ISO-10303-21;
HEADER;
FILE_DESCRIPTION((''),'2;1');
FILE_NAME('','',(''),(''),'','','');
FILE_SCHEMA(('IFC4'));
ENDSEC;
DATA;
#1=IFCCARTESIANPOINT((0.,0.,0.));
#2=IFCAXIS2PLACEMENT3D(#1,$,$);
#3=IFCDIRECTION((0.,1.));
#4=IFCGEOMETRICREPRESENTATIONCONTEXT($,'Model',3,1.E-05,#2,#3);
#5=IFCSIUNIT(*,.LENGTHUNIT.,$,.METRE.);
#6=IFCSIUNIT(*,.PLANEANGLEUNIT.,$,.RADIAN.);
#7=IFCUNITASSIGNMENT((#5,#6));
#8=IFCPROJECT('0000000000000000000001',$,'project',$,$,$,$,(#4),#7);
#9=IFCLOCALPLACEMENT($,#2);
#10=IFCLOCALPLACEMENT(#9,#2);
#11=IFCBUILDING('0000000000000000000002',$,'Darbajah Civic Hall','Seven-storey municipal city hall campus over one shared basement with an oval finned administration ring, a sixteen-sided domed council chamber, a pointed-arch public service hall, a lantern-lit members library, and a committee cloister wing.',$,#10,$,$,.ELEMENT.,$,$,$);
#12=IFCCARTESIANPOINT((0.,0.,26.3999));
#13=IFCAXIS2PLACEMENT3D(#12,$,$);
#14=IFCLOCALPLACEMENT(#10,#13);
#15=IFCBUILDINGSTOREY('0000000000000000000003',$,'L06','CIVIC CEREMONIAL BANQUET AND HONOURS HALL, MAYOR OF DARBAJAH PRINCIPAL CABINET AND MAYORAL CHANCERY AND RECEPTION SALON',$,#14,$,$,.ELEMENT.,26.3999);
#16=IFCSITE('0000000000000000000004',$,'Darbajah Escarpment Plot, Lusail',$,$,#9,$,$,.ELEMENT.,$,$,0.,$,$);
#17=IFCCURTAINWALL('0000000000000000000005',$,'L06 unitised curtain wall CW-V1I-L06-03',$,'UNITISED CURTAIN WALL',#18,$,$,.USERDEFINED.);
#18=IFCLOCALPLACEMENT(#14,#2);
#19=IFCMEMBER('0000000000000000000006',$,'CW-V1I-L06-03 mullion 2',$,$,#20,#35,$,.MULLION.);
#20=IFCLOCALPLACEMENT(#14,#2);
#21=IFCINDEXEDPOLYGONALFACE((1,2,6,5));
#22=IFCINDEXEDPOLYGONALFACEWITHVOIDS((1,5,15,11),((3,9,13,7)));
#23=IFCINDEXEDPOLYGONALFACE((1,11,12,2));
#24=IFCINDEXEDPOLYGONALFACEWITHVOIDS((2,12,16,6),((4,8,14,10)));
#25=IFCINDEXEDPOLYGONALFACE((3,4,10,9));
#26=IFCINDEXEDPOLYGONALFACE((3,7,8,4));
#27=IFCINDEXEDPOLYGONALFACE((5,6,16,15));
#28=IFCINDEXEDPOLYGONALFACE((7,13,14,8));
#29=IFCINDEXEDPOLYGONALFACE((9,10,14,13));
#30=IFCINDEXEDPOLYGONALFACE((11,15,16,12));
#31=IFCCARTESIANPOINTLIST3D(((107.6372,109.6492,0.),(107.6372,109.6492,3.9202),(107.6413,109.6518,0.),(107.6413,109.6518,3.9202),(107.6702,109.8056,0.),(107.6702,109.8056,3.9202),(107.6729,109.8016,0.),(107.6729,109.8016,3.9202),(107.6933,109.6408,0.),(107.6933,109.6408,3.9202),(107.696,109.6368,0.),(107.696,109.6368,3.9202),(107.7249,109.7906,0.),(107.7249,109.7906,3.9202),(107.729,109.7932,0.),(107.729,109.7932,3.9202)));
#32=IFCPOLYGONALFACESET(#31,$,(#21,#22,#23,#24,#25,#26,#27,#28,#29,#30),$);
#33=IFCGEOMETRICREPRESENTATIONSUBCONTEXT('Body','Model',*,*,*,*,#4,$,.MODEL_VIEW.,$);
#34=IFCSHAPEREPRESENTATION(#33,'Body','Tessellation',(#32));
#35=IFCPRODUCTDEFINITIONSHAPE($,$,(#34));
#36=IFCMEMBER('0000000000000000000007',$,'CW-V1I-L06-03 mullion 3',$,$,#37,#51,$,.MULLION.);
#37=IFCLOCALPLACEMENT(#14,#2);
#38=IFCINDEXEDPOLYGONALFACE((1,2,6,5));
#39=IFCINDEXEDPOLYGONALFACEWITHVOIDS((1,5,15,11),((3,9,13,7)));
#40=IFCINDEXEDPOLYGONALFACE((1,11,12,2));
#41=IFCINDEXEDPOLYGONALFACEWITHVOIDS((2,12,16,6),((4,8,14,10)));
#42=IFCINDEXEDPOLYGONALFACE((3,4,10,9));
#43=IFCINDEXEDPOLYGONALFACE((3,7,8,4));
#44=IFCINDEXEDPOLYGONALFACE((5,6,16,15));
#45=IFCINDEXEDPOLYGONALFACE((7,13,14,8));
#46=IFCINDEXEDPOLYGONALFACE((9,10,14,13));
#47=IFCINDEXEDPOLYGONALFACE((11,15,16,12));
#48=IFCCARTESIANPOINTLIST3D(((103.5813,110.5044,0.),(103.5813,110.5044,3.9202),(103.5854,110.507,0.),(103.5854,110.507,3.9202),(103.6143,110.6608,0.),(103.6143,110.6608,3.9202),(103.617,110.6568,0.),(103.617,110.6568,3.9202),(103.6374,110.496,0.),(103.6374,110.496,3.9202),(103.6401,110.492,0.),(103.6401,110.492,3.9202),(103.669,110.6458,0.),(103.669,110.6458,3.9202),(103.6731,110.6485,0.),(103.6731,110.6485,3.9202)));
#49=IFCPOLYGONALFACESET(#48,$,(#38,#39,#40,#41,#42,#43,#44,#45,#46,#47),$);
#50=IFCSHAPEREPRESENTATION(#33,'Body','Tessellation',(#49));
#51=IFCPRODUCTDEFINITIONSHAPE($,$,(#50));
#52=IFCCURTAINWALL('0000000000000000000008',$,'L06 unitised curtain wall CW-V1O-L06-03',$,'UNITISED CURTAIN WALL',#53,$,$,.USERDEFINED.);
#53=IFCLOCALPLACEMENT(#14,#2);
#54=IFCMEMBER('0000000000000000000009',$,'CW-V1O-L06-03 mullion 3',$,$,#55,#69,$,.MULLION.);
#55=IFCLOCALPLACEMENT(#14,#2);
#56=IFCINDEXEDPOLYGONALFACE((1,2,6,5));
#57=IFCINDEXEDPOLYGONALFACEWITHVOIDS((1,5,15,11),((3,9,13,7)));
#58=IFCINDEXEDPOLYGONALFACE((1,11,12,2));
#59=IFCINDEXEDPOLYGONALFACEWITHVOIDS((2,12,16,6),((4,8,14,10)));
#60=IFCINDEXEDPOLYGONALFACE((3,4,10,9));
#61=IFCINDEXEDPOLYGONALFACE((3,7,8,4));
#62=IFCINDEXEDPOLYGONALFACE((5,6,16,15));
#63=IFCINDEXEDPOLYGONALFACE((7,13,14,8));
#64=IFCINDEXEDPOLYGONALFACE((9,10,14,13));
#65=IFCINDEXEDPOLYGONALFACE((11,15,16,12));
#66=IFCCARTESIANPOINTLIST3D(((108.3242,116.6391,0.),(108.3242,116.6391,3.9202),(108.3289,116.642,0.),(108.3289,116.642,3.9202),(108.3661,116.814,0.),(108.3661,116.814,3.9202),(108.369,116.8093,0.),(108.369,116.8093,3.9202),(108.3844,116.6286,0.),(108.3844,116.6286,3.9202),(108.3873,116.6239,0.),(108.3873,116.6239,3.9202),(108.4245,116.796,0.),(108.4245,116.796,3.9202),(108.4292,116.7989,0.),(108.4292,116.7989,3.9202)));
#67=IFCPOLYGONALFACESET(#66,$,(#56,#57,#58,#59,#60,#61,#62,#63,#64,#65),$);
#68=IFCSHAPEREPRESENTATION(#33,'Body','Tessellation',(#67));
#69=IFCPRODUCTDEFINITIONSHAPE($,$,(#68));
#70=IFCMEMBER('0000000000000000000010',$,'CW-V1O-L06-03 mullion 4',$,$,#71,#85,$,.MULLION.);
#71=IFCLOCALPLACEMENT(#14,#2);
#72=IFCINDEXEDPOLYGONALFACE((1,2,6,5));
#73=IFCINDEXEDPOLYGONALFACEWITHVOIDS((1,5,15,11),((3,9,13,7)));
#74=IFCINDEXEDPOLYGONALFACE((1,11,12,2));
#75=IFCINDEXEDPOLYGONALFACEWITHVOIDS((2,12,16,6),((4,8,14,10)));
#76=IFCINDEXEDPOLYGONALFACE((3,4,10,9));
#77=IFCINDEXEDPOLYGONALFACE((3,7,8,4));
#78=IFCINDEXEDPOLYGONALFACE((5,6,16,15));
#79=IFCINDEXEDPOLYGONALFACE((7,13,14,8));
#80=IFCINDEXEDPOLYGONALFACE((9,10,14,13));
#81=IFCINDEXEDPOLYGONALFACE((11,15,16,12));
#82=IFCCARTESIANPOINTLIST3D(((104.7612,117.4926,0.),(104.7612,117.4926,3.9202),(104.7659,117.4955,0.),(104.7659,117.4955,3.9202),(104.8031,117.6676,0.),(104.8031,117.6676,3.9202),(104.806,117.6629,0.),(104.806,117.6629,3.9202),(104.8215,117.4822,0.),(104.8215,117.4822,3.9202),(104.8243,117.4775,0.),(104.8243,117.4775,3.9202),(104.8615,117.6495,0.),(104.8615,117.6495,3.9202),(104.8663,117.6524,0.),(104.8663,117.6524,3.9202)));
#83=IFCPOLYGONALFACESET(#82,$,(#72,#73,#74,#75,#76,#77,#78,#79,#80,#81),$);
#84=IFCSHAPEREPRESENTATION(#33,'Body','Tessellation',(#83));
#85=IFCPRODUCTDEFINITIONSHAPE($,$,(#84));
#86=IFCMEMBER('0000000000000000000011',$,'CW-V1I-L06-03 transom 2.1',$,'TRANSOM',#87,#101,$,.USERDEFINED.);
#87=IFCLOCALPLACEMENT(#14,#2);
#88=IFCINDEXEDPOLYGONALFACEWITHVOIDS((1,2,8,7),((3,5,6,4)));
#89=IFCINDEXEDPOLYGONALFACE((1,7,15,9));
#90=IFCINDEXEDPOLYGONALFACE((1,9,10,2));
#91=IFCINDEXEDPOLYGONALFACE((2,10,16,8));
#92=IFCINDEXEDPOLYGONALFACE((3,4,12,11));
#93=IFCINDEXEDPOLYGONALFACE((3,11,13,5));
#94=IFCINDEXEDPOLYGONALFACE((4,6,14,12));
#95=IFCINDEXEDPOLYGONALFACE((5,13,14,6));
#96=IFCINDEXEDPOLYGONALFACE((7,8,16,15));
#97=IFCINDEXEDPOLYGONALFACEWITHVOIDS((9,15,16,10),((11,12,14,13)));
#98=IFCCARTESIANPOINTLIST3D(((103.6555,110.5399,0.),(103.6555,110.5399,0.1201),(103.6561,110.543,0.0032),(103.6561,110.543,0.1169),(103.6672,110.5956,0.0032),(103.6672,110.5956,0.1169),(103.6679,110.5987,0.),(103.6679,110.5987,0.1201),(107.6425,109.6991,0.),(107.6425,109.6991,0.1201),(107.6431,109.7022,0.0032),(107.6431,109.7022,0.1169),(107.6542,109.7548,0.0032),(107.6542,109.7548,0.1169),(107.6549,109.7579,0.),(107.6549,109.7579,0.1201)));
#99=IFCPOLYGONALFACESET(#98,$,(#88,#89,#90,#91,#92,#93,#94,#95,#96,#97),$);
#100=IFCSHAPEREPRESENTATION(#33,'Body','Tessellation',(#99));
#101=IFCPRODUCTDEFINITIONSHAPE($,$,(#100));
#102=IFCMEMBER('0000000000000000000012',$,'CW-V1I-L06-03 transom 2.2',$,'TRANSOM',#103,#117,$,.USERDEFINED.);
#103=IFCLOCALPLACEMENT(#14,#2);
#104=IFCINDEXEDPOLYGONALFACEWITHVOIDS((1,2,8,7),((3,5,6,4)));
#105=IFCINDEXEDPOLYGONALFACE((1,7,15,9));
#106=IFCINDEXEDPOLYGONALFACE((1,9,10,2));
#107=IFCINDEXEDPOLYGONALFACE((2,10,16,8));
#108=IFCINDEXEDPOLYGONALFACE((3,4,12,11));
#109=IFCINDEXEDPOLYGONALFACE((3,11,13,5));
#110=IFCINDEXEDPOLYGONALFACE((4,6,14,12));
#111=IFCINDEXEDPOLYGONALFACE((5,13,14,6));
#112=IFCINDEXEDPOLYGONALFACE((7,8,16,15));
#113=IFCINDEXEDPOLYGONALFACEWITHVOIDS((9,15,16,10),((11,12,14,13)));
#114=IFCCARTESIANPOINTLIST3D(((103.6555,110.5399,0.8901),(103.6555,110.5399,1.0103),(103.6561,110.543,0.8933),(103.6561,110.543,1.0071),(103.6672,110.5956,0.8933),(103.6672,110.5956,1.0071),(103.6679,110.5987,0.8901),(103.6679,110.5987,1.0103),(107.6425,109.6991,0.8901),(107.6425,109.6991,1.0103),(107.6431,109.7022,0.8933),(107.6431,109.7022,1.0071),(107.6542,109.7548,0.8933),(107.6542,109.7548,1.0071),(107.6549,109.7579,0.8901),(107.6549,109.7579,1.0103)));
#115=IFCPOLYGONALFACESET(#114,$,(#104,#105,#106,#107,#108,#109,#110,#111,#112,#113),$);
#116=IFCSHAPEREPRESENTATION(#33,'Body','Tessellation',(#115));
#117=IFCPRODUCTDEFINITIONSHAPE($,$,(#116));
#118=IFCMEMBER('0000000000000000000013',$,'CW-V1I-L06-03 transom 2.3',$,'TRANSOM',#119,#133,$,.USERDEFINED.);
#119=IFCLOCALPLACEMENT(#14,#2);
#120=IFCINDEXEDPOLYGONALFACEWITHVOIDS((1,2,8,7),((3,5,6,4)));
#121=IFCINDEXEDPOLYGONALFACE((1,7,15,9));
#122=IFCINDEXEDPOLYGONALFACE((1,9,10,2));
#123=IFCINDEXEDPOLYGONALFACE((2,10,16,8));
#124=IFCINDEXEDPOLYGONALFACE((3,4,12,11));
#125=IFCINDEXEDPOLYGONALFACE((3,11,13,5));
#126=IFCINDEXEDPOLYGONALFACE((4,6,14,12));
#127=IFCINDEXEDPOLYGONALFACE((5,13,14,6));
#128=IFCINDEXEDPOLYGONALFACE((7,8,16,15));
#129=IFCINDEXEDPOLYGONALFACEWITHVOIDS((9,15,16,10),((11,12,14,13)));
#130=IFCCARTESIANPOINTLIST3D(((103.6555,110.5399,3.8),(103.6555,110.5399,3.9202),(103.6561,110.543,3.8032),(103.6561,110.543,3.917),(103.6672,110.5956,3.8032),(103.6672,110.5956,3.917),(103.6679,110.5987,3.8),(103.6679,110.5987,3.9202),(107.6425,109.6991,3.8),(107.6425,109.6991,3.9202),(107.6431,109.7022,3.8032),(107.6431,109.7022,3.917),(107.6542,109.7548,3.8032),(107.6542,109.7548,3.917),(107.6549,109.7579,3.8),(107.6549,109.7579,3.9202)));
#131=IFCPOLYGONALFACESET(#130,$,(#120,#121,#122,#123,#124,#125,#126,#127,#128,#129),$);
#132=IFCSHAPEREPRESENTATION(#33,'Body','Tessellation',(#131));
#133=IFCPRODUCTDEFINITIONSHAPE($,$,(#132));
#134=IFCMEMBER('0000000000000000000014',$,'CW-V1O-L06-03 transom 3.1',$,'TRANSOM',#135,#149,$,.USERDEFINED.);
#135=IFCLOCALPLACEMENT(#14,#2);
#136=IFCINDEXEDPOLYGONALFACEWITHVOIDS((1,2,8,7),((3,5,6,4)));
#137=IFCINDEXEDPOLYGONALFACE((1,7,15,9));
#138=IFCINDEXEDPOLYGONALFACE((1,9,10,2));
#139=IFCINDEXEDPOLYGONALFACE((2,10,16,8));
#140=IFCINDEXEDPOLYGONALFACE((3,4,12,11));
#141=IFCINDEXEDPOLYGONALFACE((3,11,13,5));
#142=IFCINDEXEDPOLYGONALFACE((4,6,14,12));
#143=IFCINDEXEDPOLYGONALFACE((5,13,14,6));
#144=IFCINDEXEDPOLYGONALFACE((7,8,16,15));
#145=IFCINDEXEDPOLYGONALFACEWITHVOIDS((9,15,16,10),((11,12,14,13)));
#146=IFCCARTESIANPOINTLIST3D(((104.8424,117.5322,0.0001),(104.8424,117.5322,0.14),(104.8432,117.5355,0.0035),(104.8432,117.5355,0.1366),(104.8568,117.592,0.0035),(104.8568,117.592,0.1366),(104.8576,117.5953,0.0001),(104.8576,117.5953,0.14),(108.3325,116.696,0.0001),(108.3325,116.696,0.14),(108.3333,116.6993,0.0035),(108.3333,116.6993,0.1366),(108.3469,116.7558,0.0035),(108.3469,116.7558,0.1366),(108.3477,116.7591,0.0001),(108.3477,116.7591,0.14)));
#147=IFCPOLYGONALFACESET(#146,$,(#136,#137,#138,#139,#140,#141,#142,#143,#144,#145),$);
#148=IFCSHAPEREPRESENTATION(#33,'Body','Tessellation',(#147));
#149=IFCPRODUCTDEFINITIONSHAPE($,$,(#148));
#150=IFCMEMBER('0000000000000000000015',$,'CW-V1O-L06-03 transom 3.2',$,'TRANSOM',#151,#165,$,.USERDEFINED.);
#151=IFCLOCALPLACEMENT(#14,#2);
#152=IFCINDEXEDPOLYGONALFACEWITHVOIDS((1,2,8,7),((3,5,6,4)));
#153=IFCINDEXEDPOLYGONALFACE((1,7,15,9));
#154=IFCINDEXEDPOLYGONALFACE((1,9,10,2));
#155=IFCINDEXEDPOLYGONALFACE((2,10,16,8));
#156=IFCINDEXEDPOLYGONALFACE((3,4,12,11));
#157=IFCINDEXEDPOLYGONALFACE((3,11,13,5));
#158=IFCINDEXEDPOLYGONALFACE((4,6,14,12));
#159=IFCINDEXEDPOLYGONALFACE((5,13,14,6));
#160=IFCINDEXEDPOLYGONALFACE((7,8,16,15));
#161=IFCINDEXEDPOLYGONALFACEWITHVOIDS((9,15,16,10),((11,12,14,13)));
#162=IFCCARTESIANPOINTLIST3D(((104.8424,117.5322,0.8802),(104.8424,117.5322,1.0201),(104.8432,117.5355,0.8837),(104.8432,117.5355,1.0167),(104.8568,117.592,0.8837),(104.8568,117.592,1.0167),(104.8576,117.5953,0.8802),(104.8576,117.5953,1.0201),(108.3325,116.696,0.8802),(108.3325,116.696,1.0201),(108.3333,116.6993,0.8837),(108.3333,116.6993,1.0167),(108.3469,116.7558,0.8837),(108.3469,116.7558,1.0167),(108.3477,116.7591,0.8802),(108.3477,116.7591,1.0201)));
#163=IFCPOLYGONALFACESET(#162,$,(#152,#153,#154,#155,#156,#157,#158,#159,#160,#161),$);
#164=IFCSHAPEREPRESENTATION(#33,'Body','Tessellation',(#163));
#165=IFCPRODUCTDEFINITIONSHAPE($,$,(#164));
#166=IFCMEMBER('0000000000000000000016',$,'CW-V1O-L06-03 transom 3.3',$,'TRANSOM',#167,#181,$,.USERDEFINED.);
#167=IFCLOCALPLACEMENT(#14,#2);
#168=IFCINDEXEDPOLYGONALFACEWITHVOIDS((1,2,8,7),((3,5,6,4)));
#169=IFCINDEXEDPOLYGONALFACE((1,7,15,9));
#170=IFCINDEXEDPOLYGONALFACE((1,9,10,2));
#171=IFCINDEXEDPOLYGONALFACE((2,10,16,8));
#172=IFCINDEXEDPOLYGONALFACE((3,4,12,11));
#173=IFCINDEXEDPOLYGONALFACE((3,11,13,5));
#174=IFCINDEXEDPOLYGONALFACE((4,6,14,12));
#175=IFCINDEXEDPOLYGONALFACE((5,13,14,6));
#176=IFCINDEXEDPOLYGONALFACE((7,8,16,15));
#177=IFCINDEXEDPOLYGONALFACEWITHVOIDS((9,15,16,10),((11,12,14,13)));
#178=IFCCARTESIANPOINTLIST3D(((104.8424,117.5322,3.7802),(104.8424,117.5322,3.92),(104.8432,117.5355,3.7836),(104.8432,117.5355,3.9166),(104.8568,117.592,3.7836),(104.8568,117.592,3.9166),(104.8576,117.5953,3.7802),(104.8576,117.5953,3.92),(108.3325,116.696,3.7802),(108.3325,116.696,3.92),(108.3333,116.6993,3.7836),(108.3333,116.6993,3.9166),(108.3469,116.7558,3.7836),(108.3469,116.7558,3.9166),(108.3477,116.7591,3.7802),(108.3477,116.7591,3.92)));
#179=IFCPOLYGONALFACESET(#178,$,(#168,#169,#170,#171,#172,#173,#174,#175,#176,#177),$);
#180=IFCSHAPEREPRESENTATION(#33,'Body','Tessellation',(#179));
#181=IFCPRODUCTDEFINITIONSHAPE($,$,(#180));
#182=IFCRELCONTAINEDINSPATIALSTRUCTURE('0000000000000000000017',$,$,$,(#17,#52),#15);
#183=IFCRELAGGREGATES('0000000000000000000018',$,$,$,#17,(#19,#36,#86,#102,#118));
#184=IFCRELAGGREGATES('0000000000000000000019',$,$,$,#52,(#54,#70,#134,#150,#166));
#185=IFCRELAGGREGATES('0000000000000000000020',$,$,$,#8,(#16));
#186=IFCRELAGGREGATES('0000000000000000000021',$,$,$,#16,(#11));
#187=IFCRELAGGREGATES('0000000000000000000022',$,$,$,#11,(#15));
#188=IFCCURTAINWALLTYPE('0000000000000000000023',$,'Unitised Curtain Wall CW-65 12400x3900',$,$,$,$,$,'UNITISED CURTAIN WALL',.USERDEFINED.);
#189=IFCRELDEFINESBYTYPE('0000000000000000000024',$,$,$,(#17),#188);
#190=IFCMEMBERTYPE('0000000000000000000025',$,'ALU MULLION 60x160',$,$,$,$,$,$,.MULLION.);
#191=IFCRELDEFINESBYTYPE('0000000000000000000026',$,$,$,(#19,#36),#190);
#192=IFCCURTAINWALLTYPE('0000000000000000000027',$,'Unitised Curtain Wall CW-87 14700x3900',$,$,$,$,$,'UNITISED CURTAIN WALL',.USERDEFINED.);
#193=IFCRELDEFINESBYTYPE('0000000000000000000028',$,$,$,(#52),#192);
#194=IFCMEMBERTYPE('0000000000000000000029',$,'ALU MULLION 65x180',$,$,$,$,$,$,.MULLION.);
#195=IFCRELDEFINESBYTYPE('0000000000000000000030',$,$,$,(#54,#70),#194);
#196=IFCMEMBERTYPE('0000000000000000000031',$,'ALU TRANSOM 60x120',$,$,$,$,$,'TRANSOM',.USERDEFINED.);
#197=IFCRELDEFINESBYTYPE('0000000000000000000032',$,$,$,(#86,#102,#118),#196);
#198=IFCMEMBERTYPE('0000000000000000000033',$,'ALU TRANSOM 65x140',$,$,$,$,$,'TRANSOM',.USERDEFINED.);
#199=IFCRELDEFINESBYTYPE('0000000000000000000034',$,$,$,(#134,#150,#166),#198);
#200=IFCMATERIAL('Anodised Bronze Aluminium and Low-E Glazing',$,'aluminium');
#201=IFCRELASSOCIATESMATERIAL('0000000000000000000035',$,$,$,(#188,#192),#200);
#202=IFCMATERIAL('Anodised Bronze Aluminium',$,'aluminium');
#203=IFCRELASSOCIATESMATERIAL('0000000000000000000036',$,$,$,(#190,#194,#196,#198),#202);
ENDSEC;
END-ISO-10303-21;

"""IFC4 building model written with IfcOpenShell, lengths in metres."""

from ifc_helpers import new_model, si_unit, direction, frame, origin, origin_2d, place, context, subcontext, project, spatial, hollow_rectangle, extrude, material, material_profile, profile_set, type_object, element, aggregate, save


model = new_model("IFC4")

# Units and contexts
model_context = context("Model", 3, precision=1e-05, world=origin(), true_north=direction((0.0, 1.0)))
body_context = subcontext(model_context, "Body", "Model", "MODEL_VIEW")
ifc_project = project(units=[si_unit("LENGTHUNIT", "METRE"), si_unit("PLANEANGLEUNIT", "RADIAN")], contexts=[model_context])

# Site, building, storey
site_placement = place(None, origin())
site = spatial("IfcSite", under=ifc_project, at=site_placement, Name="Darbajah Escarpment Plot, Lusail", CompositionType="ELEMENT", RefElevation=0.0)
building_placement = place(site_placement, origin())
building = spatial("IfcBuilding", under=site, at=building_placement, Name="Darbajah Civic Hall", Description="Seven-storey municipal city hall campus over one shared basement with an oval finned administration ring, a sixteen-sided domed council chamber, a pointed-arch public service hall, a lantern-lit members library, and a committee cloister wing.", CompositionType="ELEMENT")
storey_placement = place(building_placement, frame((0.0, 0.0, 26.3999)))
storey = spatial("IfcBuildingStorey", under=building, at=storey_placement, Name="L06", Description="CIVIC CEREMONIAL BANQUET AND HONOURS HALL, MAYOR OF DARBAJAH PRINCIPAL CABINET AND MAYORAL CHANCERY AND RECEPTION SALON", CompositionType="ELEMENT", Elevation=26.3999)

# Curtain walls, members
ifc_material_1 = material(Name="Anodised Bronze Aluminium and Low-E Glazing", Category="aluminium")
curtain_wall_type_1 = type_object("IfcCurtainWallType", Name="Unitised Curtain Wall CW-65 12400x3900", ElementType="UNITISED CURTAIN WALL", PredefinedType="USERDEFINED", material=ifc_material_1)
curtain_wall_1_placement = place(storey_placement, origin())
curtain_wall_1 = element("IfcCurtainWall", 1, at=curtain_wall_1_placement, inside=storey, type_object=curtain_wall_type_1, Name="L06 unitised curtain wall CW-V1I-L06-03", ObjectType="UNITISED CURTAIN WALL", PredefinedType="USERDEFINED")
ifc_material_2 = material(Name="Anodised Bronze Aluminium", Category="aluminium")
ifc_material_profile_1 = material_profile(ifc_material_2, hollow_rectangle(XDim=0.0601, YDim=0.1599, WallThickness=0.0034, at=origin_2d()), Name="ALU MULLION 60x160")
ifc_profile_set_1 = profile_set([ifc_material_profile_1], Name="Anodised Bronze Aluminium")
member_type_1 = type_object("IfcMemberType", Name="ALU MULLION 60x160", PredefinedType="MULLION", material=ifc_profile_set_1)
member_1_placement = place(storey_placement, frame((107.6831, 109.7212, 0.0), z_axis=(0.0, 0.0, 1.0), x_axis=(-0.978473, 0.206375, 0.0)))
member_1 = element("IfcMember", 2, at=member_1_placement, type_object=member_type_1, Name="CW-V1I-L06-03 mullion 2", PredefinedType="MULLION", context=body_context, shape_type="SweptSolid", body=[
    extrude(hollow_rectangle(XDim=0.0601, YDim=0.1599, WallThickness=0.0034, at=origin_2d()), origin(), (0.0, 0.0, 1.0), 3.9202),
])
member_2_placement = place(storey_placement, frame((103.6272, 110.5764, 0.0), z_axis=(0.0, 0.0, 1.0), x_axis=(-0.978473, 0.206375, 0.0)))
member_2 = element("IfcMember", 3, at=member_2_placement, type_object=member_type_1, Name="CW-V1I-L06-03 mullion 3", PredefinedType="MULLION", context=body_context, shape_type="SweptSolid", body=[
    extrude(hollow_rectangle(XDim=0.0601, YDim=0.1599, WallThickness=0.0034, at=origin_2d()), origin(), (0.0, 0.0, 1.0), 3.9202),
])
curtain_wall_type_2 = type_object("IfcCurtainWallType", Name="Unitised Curtain Wall CW-87 14700x3900", ElementType="UNITISED CURTAIN WALL", PredefinedType="USERDEFINED", material=ifc_material_1)
curtain_wall_2_placement = place(storey_placement, origin())
curtain_wall_2 = element("IfcCurtainWall", 4, at=curtain_wall_2_placement, inside=storey, type_object=curtain_wall_type_2, Name="L06 unitised curtain wall CW-V1O-L06-03", ObjectType="UNITISED CURTAIN WALL", PredefinedType="USERDEFINED")
ifc_material_profile_2 = material_profile(ifc_material_2, hollow_rectangle(XDim=0.0649, YDim=0.1799, WallThickness=0.0039, at=origin_2d()), Name="ALU MULLION 65x180")
ifc_profile_set_2 = profile_set([ifc_material_profile_2], Name="Anodised Bronze Aluminium")
member_type_2 = type_object("IfcMemberType", Name="ALU MULLION 65x180", PredefinedType="MULLION", material=ifc_profile_set_2)
member_3_placement = place(storey_placement, frame((108.3767, 116.719, 0.0), z_axis=(0.0, 0.0, 1.0), x_axis=(-0.972492, 0.232936, 0.0)))
member_3 = element("IfcMember", 5, at=member_3_placement, type_object=member_type_2, Name="CW-V1O-L06-03 mullion 3", PredefinedType="MULLION", context=body_context, shape_type="SweptSolid", body=[
    extrude(hollow_rectangle(XDim=0.0649, YDim=0.1799, WallThickness=0.0039, at=origin_2d()), origin(), (0.0, 0.0, 1.0), 3.9202),
])
member_4_placement = place(storey_placement, frame((104.8137, 117.5725, 0.0), z_axis=(0.0, 0.0, 1.0), x_axis=(-0.972492, 0.232936, 0.0)))
member_4 = element("IfcMember", 6, at=member_4_placement, type_object=member_type_2, Name="CW-V1O-L06-03 mullion 4", PredefinedType="MULLION", context=body_context, shape_type="SweptSolid", body=[
    extrude(hollow_rectangle(XDim=0.0649, YDim=0.1799, WallThickness=0.0039, at=origin_2d()), origin(), (0.0, 0.0, 1.0), 3.9202),
])

# Members
ifc_material_profile_3 = material_profile(ifc_material_2, hollow_rectangle(XDim=0.0601, YDim=0.1201, WallThickness=0.0032, at=origin_2d()), Name="ALU TRANSOM 60x120")
ifc_profile_set_3 = profile_set([ifc_material_profile_3], Name="Anodised Bronze Aluminium")
member_type_3 = type_object("IfcMemberType", Name="ALU TRANSOM 60x120", ElementType="TRANSOM", PredefinedType="USERDEFINED", material=ifc_profile_set_3)
member_5_placement = place(storey_placement, frame((107.6487, 109.7285, 0.0601), z_axis=(-0.978479, 0.206349, 0.0), x_axis=(-0.206349, -0.978479, 0.0)))
member_5 = element("IfcMember", 7, at=member_5_placement, type_object=member_type_3, Name="CW-V1I-L06-03 transom 2.1", ObjectType="TRANSOM", PredefinedType="USERDEFINED", context=body_context, shape_type="SweptSolid", body=[
    extrude(hollow_rectangle(XDim=0.0601, YDim=0.1201, WallThickness=0.0032, at=origin_2d()), origin(), (0.0, 0.0, 1.0), 4.0747),
])
member_6_placement = place(storey_placement, frame((107.6487, 109.7285, 0.9502), z_axis=(-0.978479, 0.206349, 0.0), x_axis=(-0.206349, -0.978479, 0.0)))
member_6 = element("IfcMember", 8, at=member_6_placement, type_object=member_type_3, Name="CW-V1I-L06-03 transom 2.2", ObjectType="TRANSOM", PredefinedType="USERDEFINED", context=body_context, shape_type="SweptSolid", body=[
    extrude(hollow_rectangle(XDim=0.0601, YDim=0.1201, WallThickness=0.0032, at=origin_2d()), origin(), (0.0, 0.0, 1.0), 4.0747),
])
member_7_placement = place(storey_placement, frame((107.6487, 109.7285, 3.8601), z_axis=(-0.978479, 0.206349, 0.0), x_axis=(-0.206349, -0.978479, 0.0)))
member_7 = element("IfcMember", 9, at=member_7_placement, type_object=member_type_3, Name="CW-V1I-L06-03 transom 2.3", ObjectType="TRANSOM", PredefinedType="USERDEFINED", context=body_context, shape_type="SweptSolid", body=[
    extrude(hollow_rectangle(XDim=0.0601, YDim=0.1201, WallThickness=0.0032, at=origin_2d()), origin(), (0.0, 0.0, 1.0), 4.0747),
])
ifc_material_profile_4 = material_profile(ifc_material_2, hollow_rectangle(XDim=0.0649, YDim=0.1399, WallThickness=0.0034, at=origin_2d()), Name="ALU TRANSOM 65x140")
ifc_profile_set_4 = profile_set([ifc_material_profile_4], Name="Anodised Bronze Aluminium")
member_type_4 = type_object("IfcMemberType", Name="ALU TRANSOM 65x140", ElementType="TRANSOM", PredefinedType="USERDEFINED", material=ifc_profile_set_4)
member_8_placement = place(storey_placement, frame((108.3401, 116.7275, 0.0701), z_axis=(-0.972477, 0.233, 0.0), x_axis=(-0.233, -0.972477, 0.0)))
member_8 = element("IfcMember", 10, at=member_8_placement, type_object=member_type_4, Name="CW-V1O-L06-03 transom 3.1", ObjectType="TRANSOM", PredefinedType="USERDEFINED", context=body_context, shape_type="SweptSolid", body=[
    extrude(hollow_rectangle(XDim=0.0649, YDim=0.1399, WallThickness=0.0034, at=origin_2d()), origin(), (0.0, 0.0, 1.0), 3.5889),
])
member_9_placement = place(storey_placement, frame((108.3401, 116.7275, 0.9502), z_axis=(-0.972477, 0.233, 0.0), x_axis=(-0.233, -0.972477, 0.0)))
member_9 = element("IfcMember", 11, at=member_9_placement, type_object=member_type_4, Name="CW-V1O-L06-03 transom 3.2", ObjectType="TRANSOM", PredefinedType="USERDEFINED", context=body_context, shape_type="SweptSolid", body=[
    extrude(hollow_rectangle(XDim=0.0649, YDim=0.1399, WallThickness=0.0034, at=origin_2d()), origin(), (0.0, 0.0, 1.0), 3.5889),
])
member_10_placement = place(storey_placement, frame((108.3401, 116.7275, 3.8501), z_axis=(-0.972477, 0.233, 0.0), x_axis=(-0.233, -0.972477, 0.0)))
member_10 = element("IfcMember", 12, at=member_10_placement, type_object=member_type_4, Name="CW-V1O-L06-03 transom 3.3", ObjectType="TRANSOM", PredefinedType="USERDEFINED", context=body_context, shape_type="SweptSolid", body=[
    extrude(hollow_rectangle(XDim=0.0649, YDim=0.1399, WallThickness=0.0034, at=origin_2d()), origin(), (0.0, 0.0, 1.0), 3.5889),
])

aggregate(curtain_wall_1, [member_1, member_2, member_5, member_6, member_7])
aggregate(curtain_wall_2, [member_3, member_4, member_8, member_9, member_10])

save(model, "model.ifc")
